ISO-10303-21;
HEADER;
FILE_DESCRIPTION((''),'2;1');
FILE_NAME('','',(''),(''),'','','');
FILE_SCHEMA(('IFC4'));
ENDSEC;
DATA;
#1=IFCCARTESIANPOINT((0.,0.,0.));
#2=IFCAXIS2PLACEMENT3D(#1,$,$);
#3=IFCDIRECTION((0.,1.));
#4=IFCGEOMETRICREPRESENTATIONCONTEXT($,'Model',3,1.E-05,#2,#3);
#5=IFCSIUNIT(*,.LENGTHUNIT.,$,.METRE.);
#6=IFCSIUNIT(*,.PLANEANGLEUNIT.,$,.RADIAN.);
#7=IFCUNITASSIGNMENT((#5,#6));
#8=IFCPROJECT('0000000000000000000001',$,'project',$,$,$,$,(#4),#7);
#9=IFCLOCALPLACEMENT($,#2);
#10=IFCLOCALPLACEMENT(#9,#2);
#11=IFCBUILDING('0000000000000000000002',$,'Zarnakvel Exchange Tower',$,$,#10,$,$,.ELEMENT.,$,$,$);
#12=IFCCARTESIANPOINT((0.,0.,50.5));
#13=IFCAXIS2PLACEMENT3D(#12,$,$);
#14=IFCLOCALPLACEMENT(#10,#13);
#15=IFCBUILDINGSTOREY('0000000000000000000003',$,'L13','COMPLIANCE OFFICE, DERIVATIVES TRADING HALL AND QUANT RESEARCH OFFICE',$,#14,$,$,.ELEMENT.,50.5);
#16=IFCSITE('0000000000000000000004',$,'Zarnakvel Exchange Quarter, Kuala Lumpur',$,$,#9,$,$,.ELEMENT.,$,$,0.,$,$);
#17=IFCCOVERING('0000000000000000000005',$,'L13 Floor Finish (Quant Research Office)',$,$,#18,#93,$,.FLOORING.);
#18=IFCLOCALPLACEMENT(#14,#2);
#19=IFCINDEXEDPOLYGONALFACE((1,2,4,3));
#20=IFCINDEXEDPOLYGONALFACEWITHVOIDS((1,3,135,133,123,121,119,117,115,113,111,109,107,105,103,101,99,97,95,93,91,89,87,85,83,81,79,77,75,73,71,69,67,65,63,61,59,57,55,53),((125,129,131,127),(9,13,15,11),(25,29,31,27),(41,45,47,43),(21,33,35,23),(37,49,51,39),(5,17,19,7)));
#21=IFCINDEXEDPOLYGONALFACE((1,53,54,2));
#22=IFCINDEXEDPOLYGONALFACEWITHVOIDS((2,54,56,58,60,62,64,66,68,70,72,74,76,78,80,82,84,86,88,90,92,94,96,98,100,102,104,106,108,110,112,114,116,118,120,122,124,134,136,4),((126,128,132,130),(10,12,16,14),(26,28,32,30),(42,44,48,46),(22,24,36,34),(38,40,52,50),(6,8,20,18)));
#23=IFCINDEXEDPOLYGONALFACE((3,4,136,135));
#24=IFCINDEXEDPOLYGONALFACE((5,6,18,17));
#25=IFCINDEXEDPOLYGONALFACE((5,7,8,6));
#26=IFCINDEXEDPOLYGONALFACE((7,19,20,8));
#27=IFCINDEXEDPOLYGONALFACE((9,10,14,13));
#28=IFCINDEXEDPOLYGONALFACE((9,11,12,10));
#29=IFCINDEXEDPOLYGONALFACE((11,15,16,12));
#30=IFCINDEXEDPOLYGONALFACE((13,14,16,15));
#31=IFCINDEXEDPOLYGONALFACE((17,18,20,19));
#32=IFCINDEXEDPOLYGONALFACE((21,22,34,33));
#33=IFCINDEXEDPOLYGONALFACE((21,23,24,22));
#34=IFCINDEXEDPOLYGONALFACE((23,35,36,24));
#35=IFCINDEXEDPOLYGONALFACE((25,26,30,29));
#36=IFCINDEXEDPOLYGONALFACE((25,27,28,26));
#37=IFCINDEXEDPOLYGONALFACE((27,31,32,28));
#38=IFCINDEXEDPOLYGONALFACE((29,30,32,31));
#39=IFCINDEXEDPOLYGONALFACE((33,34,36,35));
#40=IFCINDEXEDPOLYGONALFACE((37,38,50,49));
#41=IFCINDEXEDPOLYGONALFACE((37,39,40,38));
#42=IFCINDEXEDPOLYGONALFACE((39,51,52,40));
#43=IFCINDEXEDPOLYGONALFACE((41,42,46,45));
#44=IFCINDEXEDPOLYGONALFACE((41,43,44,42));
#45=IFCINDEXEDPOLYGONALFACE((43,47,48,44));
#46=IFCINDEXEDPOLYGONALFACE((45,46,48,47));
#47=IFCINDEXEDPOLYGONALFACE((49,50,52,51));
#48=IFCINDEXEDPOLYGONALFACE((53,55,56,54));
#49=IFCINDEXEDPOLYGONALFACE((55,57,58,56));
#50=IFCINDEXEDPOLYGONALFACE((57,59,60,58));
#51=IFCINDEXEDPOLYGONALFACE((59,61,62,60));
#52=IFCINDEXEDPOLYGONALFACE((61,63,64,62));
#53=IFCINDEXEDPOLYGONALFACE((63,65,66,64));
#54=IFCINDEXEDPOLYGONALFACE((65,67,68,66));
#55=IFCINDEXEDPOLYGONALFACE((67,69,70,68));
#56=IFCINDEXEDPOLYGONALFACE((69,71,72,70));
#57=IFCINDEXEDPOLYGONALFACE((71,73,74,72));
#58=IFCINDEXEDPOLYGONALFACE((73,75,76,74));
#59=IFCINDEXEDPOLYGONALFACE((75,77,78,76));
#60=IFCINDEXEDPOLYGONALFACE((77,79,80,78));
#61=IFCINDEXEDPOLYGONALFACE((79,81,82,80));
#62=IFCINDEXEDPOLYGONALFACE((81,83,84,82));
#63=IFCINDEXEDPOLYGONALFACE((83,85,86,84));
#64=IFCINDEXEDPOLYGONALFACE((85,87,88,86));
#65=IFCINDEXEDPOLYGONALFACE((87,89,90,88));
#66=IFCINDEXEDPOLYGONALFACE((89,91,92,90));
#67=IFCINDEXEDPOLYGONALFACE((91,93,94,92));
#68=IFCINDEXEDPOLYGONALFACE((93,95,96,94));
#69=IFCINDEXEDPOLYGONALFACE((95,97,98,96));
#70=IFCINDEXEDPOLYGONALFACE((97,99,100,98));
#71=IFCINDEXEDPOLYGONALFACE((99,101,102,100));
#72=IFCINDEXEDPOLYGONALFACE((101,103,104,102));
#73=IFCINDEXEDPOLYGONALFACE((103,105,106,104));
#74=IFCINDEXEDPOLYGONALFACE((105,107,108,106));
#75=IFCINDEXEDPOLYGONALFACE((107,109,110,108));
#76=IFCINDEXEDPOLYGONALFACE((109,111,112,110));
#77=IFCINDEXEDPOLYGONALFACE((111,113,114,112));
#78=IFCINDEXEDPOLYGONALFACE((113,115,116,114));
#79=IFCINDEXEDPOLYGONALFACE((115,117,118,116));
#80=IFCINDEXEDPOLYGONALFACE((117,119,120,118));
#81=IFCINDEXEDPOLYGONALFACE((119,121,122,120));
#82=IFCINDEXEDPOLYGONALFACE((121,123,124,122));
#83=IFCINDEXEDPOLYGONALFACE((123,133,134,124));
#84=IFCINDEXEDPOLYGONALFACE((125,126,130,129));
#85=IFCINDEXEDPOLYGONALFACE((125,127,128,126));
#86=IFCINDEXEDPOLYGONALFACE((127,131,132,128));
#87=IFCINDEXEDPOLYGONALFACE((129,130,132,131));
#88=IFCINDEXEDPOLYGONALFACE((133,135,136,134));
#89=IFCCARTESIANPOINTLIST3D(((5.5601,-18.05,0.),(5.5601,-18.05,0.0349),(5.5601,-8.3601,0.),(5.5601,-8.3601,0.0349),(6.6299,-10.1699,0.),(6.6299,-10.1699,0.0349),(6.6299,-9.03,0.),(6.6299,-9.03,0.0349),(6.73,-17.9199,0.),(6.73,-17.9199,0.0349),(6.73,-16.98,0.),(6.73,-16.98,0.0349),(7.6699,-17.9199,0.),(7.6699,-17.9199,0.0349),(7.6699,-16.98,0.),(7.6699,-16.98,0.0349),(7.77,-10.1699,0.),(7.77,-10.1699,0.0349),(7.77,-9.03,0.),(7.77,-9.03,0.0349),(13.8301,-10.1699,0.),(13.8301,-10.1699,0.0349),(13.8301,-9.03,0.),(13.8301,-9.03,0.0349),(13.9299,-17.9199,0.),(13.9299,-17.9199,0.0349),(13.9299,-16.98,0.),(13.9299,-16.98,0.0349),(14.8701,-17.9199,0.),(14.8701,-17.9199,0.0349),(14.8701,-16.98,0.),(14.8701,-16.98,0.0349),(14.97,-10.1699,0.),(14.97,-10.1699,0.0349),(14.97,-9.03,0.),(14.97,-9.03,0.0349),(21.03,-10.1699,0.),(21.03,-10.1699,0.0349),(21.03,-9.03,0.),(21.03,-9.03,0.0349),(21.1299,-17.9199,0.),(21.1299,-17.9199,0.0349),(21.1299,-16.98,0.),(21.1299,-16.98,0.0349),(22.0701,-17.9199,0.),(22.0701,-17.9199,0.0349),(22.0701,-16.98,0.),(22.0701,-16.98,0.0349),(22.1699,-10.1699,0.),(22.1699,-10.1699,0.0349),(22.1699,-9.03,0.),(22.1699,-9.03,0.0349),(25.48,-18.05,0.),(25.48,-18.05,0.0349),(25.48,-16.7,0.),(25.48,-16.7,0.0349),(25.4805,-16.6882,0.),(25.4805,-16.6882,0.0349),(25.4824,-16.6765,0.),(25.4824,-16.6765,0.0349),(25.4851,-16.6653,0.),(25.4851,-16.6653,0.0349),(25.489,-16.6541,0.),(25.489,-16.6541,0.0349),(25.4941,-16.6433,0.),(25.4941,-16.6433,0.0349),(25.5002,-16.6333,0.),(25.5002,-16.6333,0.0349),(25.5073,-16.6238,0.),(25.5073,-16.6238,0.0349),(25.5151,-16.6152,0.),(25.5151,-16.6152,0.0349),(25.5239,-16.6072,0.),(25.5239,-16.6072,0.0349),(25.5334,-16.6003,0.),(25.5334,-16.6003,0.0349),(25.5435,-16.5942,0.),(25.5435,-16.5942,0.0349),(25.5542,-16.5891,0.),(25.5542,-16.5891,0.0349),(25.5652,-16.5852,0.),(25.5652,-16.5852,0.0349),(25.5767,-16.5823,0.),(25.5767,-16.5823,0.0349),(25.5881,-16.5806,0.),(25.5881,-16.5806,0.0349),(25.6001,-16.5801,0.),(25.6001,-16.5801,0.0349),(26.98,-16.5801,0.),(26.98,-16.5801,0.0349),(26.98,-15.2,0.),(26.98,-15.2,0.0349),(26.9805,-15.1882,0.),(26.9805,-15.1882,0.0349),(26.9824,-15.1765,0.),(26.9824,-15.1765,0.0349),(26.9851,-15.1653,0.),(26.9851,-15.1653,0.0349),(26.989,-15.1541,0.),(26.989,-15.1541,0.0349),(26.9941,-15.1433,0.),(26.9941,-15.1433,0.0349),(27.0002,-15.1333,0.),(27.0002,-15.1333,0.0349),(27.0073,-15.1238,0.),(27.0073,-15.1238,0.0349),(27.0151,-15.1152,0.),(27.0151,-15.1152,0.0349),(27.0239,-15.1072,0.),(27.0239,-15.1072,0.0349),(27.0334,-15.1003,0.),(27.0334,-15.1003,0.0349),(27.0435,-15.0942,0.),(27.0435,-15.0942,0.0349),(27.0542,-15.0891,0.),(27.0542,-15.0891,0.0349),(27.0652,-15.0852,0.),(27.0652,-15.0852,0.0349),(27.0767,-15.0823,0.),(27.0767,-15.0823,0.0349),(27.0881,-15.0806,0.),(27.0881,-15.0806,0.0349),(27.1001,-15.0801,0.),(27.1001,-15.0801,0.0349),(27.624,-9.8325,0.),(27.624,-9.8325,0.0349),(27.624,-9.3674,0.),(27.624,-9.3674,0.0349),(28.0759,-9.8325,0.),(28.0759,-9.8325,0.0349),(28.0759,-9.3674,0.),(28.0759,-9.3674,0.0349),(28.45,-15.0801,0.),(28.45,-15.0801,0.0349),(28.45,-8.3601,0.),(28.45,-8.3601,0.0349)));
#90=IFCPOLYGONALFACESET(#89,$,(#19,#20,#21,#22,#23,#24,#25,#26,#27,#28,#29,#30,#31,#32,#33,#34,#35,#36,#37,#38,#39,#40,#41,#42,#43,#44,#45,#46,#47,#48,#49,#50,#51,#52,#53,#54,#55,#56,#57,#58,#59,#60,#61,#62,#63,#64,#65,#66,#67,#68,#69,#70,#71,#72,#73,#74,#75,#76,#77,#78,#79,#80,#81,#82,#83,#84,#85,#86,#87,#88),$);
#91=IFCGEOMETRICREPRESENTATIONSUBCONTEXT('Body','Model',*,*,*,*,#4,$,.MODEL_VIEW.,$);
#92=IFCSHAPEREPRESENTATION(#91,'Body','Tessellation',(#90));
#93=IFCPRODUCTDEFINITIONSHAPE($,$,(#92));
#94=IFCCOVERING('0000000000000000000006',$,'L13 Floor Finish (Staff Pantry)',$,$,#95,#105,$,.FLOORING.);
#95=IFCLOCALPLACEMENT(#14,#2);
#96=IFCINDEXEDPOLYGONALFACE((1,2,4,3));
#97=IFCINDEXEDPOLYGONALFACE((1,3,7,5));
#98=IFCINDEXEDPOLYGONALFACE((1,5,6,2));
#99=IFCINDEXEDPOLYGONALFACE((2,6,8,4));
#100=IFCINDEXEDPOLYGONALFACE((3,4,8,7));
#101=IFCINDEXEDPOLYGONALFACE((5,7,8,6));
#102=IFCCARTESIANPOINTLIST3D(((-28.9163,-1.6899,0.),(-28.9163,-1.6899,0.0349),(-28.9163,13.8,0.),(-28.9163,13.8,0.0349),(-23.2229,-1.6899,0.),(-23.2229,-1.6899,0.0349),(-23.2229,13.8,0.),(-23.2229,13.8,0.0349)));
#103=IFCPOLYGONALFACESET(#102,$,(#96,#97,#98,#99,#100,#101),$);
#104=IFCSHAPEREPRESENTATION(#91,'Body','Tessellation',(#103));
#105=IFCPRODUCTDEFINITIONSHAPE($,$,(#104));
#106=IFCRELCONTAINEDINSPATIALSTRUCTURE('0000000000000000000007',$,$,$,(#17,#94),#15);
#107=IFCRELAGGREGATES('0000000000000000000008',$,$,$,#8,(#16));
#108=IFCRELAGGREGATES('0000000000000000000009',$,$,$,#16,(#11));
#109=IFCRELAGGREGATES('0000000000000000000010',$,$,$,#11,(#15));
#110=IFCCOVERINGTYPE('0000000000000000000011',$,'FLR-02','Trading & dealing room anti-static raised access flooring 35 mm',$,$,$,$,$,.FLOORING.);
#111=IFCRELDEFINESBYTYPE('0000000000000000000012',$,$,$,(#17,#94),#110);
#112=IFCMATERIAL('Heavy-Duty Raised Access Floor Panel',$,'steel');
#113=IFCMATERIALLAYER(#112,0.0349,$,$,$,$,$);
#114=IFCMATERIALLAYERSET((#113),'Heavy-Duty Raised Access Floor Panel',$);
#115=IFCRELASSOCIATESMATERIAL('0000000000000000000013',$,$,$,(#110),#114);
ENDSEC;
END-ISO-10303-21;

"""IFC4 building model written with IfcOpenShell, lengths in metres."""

from ifc_helpers import new_model, si_unit, direction, frame, origin, place, context, subcontext, project, spatial, polyline, outline, extrude, material, layer, layer_set, type_object, element, save


model = new_model("IFC4")

# Units and contexts
model_context = context("Model", 3, precision=1e-05, world=origin(), true_north=direction((0.0, 1.0)))
body_context = subcontext(model_context, "Body", "Model", "MODEL_VIEW")
ifc_project = project(units=[si_unit("LENGTHUNIT", "METRE"), si_unit("PLANEANGLEUNIT", "RADIAN")], contexts=[model_context])

# Site, building, storey
site_placement = place(None, origin())
site = spatial("IfcSite", under=ifc_project, at=site_placement, Name="Zarnakvel Exchange Quarter, Kuala Lumpur", CompositionType="ELEMENT", RefElevation=0.0)
building_placement = place(site_placement, origin())
building = spatial("IfcBuilding", under=site, at=building_placement, Name="Zarnakvel Exchange Tower", CompositionType="ELEMENT")
storey_placement = place(building_placement, frame((0.0, 0.0, 50.5)))
storey = spatial("IfcBuildingStorey", under=building, at=storey_placement, Name="L13", Description="COMPLIANCE OFFICE, DERIVATIVES TRADING HALL AND QUANT RESEARCH OFFICE", CompositionType="ELEMENT", Elevation=50.5)

# Coverings
ifc_material_1 = material(Name="Heavy-Duty Raised Access Floor Panel", Category="steel")
ifc_layer_1 = layer(ifc_material_1, 0.0349)
ifc_layer_set_1 = layer_set([ifc_layer_1], Name="Heavy-Duty Raised Access Floor Panel")
covering_type_1 = type_object("IfcCoveringType", Name="FLR-02", Description="Trading & dealing room anti-static raised access flooring 35 mm", PredefinedType="FLOORING", material=ifc_layer_set_1)
covering_1_placement = place(storey_placement, origin())
element("IfcCovering", 1, at=covering_1_placement, inside=storey, type_object=covering_type_1, Name="L13 Floor Finish (Quant Research Office)", PredefinedType="FLOORING", context=body_context, shape_type="SweptSolid", body=[
    extrude(outline(polyline([(5.5601, -8.3601), (28.45, -8.3601), (28.45, -15.0801), (27.1001, -15.0801), (27.0881, -15.0806), (27.0767, -15.0823), (27.0652, -15.0852), (27.0542, -15.0891), (27.0435, -15.0942), (27.0334, -15.1003), (27.0239, -15.1072), (27.0151, -15.1152), (27.0073, -15.1238), (27.0002, -15.1333), (26.9941, -15.1433), (26.989, -15.1541), (26.9851, -15.1653), (26.9824, -15.1765), (26.9805, -15.1882), (26.98, -15.2), (26.98, -16.5801), (25.6001, -16.5801), (25.5881, -16.5806), (25.5767, -16.5823), (25.5652, -16.5852), (25.5542, -16.5891), (25.5435, -16.5942), (25.5334, -16.6003), (25.5239, -16.6072), (25.5151, -16.6152), (25.5073, -16.6238), (25.5002, -16.6333), (25.4941, -16.6433), (25.489, -16.6541), (25.4851, -16.6653), (25.4824, -16.6765), (25.4805, -16.6882), (25.48, -16.7), (25.48, -18.05), (5.5601, -18.05), (5.5601, -8.3601)]), holes=[polyline([(28.0759, -9.8325), (28.0759, -9.3674), (27.624, -9.3674), (27.624, -9.8325), (28.0759, -9.8325)]), polyline([(22.1699, -10.1699), (22.1699, -9.03), (21.03, -9.03), (21.03, -10.1699), (22.1699, -10.1699)]), polyline([(22.0701, -17.9199), (22.0701, -16.98), (21.1299, -16.98), (21.1299, -17.9199), (22.0701, -17.9199)]), polyline([(13.8301, -10.1699), (14.97, -10.1699), (14.97, -9.03), (13.8301, -9.03), (13.8301, -10.1699)]), polyline([(14.8701, -17.9199), (14.8701, -16.98), (13.9299, -16.98), (13.9299, -17.9199), (14.8701, -17.9199)]), polyline([(6.6299, -10.1699), (7.77, -10.1699), (7.77, -9.03), (6.6299, -9.03), (6.6299, -10.1699)]), polyline([(7.6699, -17.9199), (7.6699, -16.98), (6.73, -16.98), (6.73, -17.9199), (7.6699, -17.9199)])]), origin(), (0.0, 0.0, 1.0), 0.0349),
])
covering_2_placement = place(storey_placement, origin())
element("IfcCovering", 2, at=covering_2_placement, inside=storey, type_object=covering_type_1, Name="L13 Floor Finish (Staff Pantry)", PredefinedType="FLOORING", context=body_context, shape_type="SweptSolid", body=[
    extrude(outline(polyline([(-28.9163, 13.8), (-23.2229, 13.8), (-23.2229, -1.6899), (-28.9163, -1.6899), (-28.9163, 13.8)])), origin(), (0.0, 0.0, 1.0), 0.0349),
])

save(model, "model.ifc")
